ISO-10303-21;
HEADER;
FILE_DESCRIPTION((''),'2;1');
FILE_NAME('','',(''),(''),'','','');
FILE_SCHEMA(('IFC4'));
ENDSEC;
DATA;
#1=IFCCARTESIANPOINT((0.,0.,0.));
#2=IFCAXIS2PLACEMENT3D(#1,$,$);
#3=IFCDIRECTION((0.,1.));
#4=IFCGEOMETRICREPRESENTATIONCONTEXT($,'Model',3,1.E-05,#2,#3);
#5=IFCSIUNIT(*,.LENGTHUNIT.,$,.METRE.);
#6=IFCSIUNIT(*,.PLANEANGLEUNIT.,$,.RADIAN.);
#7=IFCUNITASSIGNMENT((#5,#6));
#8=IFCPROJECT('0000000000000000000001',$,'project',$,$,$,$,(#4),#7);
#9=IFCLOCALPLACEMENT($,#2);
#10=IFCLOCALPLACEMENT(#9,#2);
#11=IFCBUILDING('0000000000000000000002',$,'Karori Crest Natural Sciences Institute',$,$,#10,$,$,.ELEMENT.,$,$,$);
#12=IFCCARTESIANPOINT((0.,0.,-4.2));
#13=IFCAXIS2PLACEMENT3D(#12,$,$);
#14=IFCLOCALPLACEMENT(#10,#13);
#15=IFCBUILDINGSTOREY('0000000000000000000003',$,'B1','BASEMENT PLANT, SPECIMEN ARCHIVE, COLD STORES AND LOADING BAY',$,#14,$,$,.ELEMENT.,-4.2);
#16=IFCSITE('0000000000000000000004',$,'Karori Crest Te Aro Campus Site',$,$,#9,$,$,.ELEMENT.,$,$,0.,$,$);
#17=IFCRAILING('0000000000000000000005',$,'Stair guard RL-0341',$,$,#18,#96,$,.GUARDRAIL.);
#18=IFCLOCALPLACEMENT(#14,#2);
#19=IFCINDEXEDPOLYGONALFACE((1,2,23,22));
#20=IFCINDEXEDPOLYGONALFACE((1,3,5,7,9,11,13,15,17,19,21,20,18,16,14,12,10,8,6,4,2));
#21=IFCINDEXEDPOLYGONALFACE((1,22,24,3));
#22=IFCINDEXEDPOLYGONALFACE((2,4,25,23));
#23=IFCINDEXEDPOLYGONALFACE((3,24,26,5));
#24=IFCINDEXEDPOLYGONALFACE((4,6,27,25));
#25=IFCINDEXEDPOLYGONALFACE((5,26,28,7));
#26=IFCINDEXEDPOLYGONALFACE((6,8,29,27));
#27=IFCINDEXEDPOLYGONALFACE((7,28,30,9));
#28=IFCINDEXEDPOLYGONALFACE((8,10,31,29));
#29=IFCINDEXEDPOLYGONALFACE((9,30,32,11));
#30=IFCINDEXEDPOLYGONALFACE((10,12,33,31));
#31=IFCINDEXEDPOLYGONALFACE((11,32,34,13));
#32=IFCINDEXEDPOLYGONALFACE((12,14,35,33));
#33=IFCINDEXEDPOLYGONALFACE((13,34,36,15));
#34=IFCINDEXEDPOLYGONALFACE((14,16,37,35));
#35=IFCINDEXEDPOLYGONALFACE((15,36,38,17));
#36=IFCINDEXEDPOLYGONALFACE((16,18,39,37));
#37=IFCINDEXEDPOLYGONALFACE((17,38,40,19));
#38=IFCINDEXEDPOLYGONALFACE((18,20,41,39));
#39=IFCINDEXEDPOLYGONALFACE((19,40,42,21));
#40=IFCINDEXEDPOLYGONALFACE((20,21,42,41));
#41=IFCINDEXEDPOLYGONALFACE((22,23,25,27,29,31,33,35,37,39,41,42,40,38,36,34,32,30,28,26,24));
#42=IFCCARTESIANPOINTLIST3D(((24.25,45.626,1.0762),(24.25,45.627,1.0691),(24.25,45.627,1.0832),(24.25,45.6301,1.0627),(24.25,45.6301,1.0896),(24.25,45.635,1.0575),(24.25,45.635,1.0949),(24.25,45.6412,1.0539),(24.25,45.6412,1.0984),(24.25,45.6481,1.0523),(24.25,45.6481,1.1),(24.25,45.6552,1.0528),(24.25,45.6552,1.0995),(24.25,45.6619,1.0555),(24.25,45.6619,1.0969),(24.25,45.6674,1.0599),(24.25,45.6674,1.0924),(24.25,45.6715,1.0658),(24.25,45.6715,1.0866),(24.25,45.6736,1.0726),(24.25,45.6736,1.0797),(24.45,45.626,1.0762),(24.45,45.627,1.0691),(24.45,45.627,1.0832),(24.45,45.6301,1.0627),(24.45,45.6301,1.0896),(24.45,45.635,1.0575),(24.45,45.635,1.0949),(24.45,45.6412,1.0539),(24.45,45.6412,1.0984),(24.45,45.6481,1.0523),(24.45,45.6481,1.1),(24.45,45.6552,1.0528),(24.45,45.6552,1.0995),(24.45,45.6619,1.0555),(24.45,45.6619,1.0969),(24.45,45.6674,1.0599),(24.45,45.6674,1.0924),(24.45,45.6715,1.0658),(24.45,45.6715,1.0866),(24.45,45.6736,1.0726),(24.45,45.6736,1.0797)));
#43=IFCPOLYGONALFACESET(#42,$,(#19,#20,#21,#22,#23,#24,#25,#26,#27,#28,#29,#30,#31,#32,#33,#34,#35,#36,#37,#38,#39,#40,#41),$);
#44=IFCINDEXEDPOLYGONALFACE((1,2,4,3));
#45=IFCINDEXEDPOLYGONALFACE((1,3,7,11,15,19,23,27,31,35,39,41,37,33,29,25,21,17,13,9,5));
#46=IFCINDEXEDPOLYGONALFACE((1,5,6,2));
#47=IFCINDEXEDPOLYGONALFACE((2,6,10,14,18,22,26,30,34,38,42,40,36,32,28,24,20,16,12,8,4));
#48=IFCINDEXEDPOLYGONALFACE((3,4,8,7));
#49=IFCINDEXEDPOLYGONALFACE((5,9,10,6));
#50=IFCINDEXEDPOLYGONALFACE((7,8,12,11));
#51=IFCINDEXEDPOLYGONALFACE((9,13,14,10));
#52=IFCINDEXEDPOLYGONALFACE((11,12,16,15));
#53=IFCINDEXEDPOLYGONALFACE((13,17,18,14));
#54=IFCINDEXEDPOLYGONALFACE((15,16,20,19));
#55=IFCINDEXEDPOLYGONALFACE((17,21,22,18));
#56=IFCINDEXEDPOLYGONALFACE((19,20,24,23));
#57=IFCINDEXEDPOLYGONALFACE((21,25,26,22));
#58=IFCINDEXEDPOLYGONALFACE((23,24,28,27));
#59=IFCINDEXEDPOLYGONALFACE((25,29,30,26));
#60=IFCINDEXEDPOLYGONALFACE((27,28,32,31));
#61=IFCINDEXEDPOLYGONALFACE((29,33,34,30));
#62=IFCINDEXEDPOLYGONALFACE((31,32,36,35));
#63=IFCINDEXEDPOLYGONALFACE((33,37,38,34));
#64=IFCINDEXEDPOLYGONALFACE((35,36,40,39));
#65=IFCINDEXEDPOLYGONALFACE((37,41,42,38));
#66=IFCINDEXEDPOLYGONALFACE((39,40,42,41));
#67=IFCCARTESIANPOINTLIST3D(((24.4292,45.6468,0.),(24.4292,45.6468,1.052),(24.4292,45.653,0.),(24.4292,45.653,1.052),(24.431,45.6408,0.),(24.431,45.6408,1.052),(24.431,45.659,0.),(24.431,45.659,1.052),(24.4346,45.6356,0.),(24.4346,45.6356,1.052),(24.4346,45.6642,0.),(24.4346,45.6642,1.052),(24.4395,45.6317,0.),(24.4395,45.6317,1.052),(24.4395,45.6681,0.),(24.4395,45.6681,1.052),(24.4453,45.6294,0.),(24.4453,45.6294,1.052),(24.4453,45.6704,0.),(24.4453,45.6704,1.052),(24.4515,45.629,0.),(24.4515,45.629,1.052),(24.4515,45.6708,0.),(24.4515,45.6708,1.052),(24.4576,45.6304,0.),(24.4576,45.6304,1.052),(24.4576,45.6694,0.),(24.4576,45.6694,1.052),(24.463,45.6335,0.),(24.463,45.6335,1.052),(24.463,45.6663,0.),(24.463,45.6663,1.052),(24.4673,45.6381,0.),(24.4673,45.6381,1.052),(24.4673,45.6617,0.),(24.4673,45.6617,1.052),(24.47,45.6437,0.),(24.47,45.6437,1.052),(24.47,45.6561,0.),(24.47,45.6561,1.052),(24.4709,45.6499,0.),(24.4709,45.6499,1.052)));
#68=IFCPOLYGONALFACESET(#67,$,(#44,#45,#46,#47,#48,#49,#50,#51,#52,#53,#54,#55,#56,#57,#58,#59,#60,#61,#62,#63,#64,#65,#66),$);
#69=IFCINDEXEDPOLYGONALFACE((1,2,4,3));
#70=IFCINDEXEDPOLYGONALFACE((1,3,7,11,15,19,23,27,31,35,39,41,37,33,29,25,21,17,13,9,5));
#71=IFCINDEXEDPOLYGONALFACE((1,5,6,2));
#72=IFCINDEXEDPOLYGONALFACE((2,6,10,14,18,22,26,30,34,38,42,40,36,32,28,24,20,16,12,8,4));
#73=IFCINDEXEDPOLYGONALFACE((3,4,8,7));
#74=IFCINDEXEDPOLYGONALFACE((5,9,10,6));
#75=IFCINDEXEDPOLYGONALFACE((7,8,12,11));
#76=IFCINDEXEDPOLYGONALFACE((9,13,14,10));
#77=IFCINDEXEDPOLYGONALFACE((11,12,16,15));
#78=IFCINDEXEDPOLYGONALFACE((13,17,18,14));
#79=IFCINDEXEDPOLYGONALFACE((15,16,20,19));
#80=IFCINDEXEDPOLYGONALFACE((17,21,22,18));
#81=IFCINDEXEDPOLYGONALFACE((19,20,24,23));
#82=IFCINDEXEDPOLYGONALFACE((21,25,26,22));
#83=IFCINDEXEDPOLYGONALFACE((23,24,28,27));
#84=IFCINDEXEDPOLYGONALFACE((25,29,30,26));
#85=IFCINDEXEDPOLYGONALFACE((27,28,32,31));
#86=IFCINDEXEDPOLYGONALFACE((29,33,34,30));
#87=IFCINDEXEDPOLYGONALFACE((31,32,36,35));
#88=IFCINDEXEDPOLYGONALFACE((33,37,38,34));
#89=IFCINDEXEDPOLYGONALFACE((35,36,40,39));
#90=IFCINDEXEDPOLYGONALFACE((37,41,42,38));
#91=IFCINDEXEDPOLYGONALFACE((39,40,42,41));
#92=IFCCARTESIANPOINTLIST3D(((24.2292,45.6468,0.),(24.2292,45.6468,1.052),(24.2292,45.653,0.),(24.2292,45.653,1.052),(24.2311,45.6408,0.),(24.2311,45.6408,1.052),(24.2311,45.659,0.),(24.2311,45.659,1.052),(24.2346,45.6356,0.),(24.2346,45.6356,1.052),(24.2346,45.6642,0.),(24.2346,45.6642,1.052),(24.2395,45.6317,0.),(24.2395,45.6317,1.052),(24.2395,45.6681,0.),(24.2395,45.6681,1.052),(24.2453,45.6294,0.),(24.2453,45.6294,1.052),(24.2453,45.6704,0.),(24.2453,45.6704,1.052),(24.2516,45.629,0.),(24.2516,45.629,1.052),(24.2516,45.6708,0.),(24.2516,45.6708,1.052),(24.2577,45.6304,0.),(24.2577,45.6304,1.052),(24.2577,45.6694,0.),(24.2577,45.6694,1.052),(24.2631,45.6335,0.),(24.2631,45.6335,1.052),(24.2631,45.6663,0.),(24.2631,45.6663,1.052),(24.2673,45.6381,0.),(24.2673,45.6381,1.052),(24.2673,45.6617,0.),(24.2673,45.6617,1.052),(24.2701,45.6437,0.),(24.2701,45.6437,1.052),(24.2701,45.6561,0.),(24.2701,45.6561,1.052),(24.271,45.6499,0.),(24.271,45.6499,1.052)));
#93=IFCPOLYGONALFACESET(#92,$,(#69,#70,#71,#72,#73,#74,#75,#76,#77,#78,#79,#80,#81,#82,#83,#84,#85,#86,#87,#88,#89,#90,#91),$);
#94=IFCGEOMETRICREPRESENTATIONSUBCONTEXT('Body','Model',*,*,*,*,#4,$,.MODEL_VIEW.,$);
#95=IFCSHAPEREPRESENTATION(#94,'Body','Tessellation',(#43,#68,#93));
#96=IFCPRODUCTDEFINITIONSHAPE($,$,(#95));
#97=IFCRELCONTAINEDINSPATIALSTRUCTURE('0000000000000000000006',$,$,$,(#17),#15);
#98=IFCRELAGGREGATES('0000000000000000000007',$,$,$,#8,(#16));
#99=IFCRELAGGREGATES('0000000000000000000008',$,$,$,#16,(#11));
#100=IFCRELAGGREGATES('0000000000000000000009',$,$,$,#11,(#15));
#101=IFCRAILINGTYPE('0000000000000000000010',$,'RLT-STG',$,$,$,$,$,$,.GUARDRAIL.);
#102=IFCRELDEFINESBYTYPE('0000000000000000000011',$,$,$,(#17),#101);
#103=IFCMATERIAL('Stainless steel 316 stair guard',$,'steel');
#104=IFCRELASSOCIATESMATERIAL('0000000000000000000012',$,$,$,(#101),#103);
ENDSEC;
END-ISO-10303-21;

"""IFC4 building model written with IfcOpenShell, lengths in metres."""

from ifc_helpers import new_model, si_unit, direction, frame, origin, origin_2d, place, context, subcontext, project, spatial, circle, extrude, material, type_object, element, save


model = new_model("IFC4")

# Units and contexts
model_context = context("Model", 3, precision=1e-05, world=origin(), true_north=direction((0.0, 1.0)))
body_context = subcontext(model_context, "Body", "Model", "MODEL_VIEW")
ifc_project = project(units=[si_unit("LENGTHUNIT", "METRE"), si_unit("PLANEANGLEUNIT", "RADIAN")], contexts=[model_context])

# Site, building, storey
site_placement = place(None, origin())
site = spatial("IfcSite", under=ifc_project, at=site_placement, Name="Karori Crest Te Aro Campus Site", CompositionType="ELEMENT", RefElevation=0.0)
building_placement = place(site_placement, origin())
building = spatial("IfcBuilding", under=site, at=building_placement, Name="Karori Crest Natural Sciences Institute", CompositionType="ELEMENT")
storey_placement = place(building_placement, frame((0.0, 0.0, -4.2)))
storey = spatial("IfcBuildingStorey", under=building, at=storey_placement, Name="B1", Description="BASEMENT PLANT, SPECIMEN ARCHIVE, COLD STORES AND LOADING BAY", CompositionType="ELEMENT", Elevation=-4.2)

# Railing
ifc_material_1 = material(Name="Stainless steel 316 stair guard", Category="steel")
railing_type_1 = type_object("IfcRailingType", Name="RLT-STG", PredefinedType="GUARDRAIL", material=ifc_material_1)
railing_1_placement = place(storey_placement, frame((24.45, 45.6499, 0.0)))
element("IfcRailing", 1, at=railing_1_placement, inside=storey, type_object=railing_type_1, Name="Stair guard RL-0341", PredefinedType="GUARDRAIL", context=body_context, shape_type="SweptSolid", body=[
    extrude(circle(Radius=0.0239, at=origin_2d()), frame((0.0, 0.0, 1.0762), z_axis=(-1.0, 0.0, 0.0), x_axis=(0.0, -1.0, 0.0)), (0.0, 0.0, 1.0), 0.2),
    extrude(circle(Radius=0.021, at=origin_2d()), origin(), (0.0, 0.0, 1.0), 1.052),
    extrude(circle(Radius=0.021, at=origin_2d()), frame((-0.2, 0.0, 0.0)), (0.0, 0.0, 1.0), 1.052),
])

save(model, "model.ifc")
